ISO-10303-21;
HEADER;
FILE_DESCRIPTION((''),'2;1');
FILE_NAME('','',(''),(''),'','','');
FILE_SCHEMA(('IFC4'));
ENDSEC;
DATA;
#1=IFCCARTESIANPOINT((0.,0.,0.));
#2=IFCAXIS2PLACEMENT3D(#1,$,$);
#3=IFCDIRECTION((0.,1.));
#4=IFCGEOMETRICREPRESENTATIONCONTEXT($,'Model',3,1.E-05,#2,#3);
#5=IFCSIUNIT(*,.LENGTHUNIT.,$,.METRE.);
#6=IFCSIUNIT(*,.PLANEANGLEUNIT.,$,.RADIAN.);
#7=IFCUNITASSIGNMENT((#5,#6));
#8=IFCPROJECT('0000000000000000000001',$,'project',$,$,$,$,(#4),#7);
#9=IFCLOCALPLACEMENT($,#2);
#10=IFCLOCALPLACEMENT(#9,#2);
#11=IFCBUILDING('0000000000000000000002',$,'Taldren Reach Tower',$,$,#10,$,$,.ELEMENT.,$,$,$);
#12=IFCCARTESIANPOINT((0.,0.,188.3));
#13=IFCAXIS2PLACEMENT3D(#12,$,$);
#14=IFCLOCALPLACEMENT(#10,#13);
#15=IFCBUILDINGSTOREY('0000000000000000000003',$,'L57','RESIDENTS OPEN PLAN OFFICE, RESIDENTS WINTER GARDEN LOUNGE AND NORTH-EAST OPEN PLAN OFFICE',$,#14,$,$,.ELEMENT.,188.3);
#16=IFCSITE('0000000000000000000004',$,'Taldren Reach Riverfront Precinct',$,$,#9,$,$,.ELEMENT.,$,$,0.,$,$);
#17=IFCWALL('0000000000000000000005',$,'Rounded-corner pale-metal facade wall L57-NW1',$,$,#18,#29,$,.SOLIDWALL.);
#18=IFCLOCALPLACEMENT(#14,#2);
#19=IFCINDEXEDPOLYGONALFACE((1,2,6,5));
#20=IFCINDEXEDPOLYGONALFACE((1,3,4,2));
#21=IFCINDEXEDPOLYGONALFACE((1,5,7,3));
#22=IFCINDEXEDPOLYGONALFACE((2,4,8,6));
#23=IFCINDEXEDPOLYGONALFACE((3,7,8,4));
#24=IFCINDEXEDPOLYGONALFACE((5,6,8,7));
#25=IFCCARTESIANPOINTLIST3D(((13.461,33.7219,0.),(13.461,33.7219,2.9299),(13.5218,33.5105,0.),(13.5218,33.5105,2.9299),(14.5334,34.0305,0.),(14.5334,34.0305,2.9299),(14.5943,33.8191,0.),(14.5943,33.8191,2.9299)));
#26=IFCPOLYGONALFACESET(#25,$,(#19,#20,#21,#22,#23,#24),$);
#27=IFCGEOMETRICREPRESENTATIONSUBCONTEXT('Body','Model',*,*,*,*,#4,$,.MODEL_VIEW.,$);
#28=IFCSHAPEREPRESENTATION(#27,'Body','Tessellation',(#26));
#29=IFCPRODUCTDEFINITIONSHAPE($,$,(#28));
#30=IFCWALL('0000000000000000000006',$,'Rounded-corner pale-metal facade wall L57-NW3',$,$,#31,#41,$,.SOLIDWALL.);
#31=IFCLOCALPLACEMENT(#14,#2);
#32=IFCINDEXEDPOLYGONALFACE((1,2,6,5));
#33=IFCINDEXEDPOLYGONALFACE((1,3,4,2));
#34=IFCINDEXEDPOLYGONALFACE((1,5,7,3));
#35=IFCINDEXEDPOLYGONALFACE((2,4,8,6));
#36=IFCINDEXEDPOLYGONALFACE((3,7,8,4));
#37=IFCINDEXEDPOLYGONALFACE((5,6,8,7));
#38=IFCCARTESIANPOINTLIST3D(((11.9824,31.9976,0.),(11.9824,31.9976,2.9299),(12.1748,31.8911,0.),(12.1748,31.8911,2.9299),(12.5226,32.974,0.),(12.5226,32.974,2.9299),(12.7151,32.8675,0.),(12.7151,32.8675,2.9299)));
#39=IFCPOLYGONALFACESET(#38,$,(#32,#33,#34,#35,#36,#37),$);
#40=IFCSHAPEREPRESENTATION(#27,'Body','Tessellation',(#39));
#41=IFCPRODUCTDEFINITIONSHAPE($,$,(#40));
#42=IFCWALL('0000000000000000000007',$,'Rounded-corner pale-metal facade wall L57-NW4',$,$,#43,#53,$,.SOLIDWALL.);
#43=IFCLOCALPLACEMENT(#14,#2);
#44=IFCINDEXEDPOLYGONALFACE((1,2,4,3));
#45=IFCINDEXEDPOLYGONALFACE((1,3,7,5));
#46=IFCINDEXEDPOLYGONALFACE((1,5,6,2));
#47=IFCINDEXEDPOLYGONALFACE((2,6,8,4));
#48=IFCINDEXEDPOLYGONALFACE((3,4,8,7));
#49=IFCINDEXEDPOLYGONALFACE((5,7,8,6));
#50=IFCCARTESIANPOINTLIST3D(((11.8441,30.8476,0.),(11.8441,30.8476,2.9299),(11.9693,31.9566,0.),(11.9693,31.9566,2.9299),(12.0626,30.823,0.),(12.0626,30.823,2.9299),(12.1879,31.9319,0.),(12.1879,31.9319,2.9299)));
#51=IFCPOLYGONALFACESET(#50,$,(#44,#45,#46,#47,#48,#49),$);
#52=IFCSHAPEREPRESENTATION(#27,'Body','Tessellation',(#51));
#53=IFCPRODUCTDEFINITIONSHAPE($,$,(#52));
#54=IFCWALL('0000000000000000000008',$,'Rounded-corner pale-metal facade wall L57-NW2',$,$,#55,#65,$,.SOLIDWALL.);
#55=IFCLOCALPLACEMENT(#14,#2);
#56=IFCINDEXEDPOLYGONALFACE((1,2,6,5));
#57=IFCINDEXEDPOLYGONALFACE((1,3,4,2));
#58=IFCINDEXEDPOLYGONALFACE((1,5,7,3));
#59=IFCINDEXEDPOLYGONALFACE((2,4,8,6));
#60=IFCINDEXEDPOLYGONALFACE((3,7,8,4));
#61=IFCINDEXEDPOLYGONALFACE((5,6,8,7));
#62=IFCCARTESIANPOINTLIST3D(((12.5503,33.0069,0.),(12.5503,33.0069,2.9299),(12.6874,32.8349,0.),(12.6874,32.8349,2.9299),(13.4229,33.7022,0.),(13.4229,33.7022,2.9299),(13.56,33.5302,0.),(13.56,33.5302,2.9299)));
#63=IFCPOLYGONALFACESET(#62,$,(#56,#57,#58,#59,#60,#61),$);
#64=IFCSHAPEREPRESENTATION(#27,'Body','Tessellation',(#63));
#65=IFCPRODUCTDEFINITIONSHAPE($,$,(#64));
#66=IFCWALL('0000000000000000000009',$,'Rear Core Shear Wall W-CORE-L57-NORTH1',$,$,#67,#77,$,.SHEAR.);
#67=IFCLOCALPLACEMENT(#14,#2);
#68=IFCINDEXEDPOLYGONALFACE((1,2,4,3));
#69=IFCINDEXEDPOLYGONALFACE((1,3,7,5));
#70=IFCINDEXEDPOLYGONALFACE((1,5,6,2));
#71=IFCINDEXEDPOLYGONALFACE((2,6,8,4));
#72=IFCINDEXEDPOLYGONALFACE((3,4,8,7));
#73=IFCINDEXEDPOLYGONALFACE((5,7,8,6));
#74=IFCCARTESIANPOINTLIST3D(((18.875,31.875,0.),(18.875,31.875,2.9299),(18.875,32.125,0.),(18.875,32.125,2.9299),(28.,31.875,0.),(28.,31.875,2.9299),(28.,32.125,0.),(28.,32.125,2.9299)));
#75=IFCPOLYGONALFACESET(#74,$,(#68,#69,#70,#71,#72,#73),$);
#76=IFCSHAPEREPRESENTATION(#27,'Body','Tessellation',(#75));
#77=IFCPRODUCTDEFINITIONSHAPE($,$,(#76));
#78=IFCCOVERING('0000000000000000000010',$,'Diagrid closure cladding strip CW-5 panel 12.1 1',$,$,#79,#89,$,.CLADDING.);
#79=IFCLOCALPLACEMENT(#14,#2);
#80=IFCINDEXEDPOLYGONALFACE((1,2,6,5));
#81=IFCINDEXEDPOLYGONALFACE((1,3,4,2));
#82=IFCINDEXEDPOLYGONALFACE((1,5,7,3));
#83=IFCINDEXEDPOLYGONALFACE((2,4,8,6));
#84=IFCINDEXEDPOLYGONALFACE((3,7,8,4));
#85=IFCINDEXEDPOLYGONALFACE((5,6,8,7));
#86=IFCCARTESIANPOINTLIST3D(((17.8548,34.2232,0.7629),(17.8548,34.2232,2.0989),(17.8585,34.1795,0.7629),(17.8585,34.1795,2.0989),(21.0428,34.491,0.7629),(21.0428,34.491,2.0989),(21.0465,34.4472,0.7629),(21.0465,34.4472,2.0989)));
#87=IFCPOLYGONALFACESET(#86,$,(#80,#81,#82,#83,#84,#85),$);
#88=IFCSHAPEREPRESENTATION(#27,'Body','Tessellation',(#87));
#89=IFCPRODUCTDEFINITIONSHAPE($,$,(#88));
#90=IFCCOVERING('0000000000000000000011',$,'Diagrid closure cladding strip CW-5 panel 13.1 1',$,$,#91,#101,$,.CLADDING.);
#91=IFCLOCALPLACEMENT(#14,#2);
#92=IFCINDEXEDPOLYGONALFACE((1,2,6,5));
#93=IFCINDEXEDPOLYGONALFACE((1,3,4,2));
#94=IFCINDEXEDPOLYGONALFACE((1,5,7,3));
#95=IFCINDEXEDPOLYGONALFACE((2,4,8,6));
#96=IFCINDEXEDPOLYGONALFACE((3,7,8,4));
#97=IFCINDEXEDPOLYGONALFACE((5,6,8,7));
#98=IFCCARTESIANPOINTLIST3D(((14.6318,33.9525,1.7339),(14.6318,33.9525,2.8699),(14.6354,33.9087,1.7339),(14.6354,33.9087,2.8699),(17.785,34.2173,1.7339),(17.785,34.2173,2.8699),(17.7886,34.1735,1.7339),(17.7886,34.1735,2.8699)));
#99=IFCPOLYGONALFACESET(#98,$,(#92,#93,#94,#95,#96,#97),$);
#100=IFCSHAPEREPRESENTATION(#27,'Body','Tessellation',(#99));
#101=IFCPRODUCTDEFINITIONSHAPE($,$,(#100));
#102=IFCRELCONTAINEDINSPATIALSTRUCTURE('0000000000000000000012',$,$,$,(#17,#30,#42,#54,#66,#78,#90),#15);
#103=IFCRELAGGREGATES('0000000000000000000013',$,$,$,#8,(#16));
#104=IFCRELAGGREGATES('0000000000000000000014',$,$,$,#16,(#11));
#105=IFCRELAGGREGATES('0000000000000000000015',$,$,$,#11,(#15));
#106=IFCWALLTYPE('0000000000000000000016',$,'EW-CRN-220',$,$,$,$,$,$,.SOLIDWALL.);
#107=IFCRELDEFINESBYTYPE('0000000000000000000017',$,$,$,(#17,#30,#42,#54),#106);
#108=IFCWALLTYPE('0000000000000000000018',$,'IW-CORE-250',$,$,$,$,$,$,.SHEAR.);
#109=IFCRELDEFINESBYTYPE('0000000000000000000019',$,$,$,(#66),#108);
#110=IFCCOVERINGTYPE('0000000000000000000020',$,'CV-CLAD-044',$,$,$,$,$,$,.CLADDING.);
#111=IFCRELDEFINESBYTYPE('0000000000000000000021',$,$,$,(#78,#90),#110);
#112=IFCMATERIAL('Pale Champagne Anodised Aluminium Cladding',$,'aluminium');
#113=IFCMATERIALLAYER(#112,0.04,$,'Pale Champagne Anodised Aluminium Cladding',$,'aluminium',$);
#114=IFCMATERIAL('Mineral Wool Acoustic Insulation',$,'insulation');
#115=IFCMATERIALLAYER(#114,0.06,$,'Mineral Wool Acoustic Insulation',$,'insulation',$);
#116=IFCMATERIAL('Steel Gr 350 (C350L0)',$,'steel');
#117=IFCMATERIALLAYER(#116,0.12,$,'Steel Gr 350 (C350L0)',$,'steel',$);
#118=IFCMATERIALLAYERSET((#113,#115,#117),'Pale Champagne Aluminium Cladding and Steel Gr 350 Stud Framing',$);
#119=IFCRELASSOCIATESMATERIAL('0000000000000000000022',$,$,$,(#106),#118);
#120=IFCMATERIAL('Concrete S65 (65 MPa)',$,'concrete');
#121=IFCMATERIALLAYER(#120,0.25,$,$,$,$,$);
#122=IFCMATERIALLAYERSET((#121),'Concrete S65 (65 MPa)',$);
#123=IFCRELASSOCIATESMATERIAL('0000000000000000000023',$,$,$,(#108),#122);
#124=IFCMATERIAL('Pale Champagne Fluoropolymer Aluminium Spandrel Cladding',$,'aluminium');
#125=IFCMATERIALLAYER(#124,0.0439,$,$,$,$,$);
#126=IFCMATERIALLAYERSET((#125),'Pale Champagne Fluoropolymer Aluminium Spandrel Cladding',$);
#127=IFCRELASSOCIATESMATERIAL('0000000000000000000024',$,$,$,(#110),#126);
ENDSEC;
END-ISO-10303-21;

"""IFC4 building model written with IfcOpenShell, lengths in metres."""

from ifc_helpers import new_model, si_unit, direction, frame, frame_2d, origin, origin_2d, place, context, subcontext, project, spatial, rectangle, extrude, source, transform, mapped, material, layer, layer_set, type_object, element, save


model = new_model("IFC4")

# Units and contexts
model_context = context("Model", 3, precision=1e-05, world=origin(), true_north=direction((0.0, 1.0)))
body_context = subcontext(model_context, "Body", "Model", "MODEL_VIEW")
ifc_project = project(units=[si_unit("LENGTHUNIT", "METRE"), si_unit("PLANEANGLEUNIT", "RADIAN")], contexts=[model_context])

# Site, building, storey
site_placement = place(None, origin())
site = spatial("IfcSite", under=ifc_project, at=site_placement, Name="Taldren Reach Riverfront Precinct", CompositionType="ELEMENT", RefElevation=0.0)
building_placement = place(site_placement, origin())
building = spatial("IfcBuilding", under=site, at=building_placement, Name="Taldren Reach Tower", CompositionType="ELEMENT")
storey_placement = place(building_placement, frame((0.0, 0.0, 188.3)))
storey = spatial("IfcBuildingStorey", under=building, at=storey_placement, Name="L57", Description="RESIDENTS OPEN PLAN OFFICE, RESIDENTS WINTER GARDEN LOUNGE AND NORTH-EAST OPEN PLAN OFFICE", CompositionType="ELEMENT", Elevation=188.3)

# Shared definitions
ifc_material_1 = material(Name="Steel Gr 350 (C350L0)", Category="steel")

# Walls
ifc_material_2 = material(Name="Pale Champagne Anodised Aluminium Cladding", Category="aluminium")
ifc_layer_1 = layer(ifc_material_2, 0.04, Name="Pale Champagne Anodised Aluminium Cladding", Category="aluminium")
ifc_material_3 = material(Name="Mineral Wool Acoustic Insulation", Category="insulation")
ifc_layer_2 = layer(ifc_material_3, 0.06, Name="Mineral Wool Acoustic Insulation", Category="insulation")
ifc_layer_3 = layer(ifc_material_1, 0.12, Name="Steel Gr 350 (C350L0)", Category="steel")
ifc_layer_set_1 = layer_set([ifc_layer_1, ifc_layer_2, ifc_layer_3], Name="Pale Champagne Aluminium Cladding and Steel Gr 350 Stud Framing")
wall_type_1 = type_object("IfcWallType", Name="EW-CRN-220", PredefinedType="SOLIDWALL", material=ifc_layer_set_1)
shared_shape_1 = source(origin(), body_context, "Body", "SweptSolid", [
    extrude(rectangle(XDim=1.116, YDim=0.22, at=frame_2d((0.5581, 0.0))), origin(), (0.0, 0.0, 1.0), 2.9299),
])
for number, where, z_axis, x_axis, name in (
    (1, (14.564, 33.9248, 0.0), (0.0, 0.0, 1.0), (-0.96101, -0.276512, 0.0), "Rounded-corner pale-metal facade wall L57-NW1"),
    (2, (12.6189, 32.9209, 0.0), (0.0, 0.0, 1.0), (-0.484101, -0.875012, 0.0), "Rounded-corner pale-metal facade wall L57-NW3"),
    (3, (12.0786, 31.9443, 0.0), (0.0, 0.0, 1.0), (-0.112232, -0.993682, 0.0), "Rounded-corner pale-metal facade wall L57-NW4"),
):
    element("IfcWall", number, at=place(storey_placement, frame(where, z_axis=z_axis, x_axis=x_axis)), inside=storey, type_object=wall_type_1, Name=name, PredefinedType="SOLIDWALL", context=body_context, shape_type="MappedRepresentation", body=[
        mapped(shared_shape_1, transform((0.0, 0.0, 0.0), scale=1.0)),
    ])
shared_shape_2 = source(origin(), body_context, "Body", "SweptSolid", [
    extrude(rectangle(XDim=1.1157, YDim=0.22, at=frame_2d((0.5579, 0.0))), origin(), (0.0, 0.0, 1.0), 2.9299),
])
wall_1_placement = place(storey_placement, frame((13.4915, 33.6162, 0.0), z_axis=(0.0, 0.0, 1.0), x_axis=(-0.782063, -0.6232, 0.0)))
element("IfcWall", 4, at=wall_1_placement, inside=storey, type_object=wall_type_1, Name="Rounded-corner pale-metal facade wall L57-NW2", PredefinedType="SOLIDWALL", context=body_context, shape_type="MappedRepresentation", body=[
    mapped(shared_shape_2, transform((0.0, 0.0, 0.0), scale=1.0)),
])
ifc_material_4 = material(Name="Concrete S65 (65 MPa)", Category="concrete")
ifc_layer_4 = layer(ifc_material_4, 0.25)
ifc_layer_set_2 = layer_set([ifc_layer_4], Name="Concrete S65 (65 MPa)")
wall_type_2 = type_object("IfcWallType", Name="IW-CORE-250", PredefinedType="SHEAR", material=ifc_layer_set_2)
shared_shape_3 = source(origin(), body_context, "Body", "SweptSolid", [
    extrude(rectangle(XDim=9.125, YDim=0.25, at=frame_2d((4.5625, 0.0))), origin(), (0.0, 0.0, 1.0), 2.9299),
])
wall_2_placement = place(storey_placement, frame((18.875, 32.0, 0.0), z_axis=(0.0, 0.0, 1.0), x_axis=(1.0, 0.0, 0.0)))
element("IfcWall", 5, at=wall_2_placement, inside=storey, type_object=wall_type_2, Name="Rear Core Shear Wall W-CORE-L57-NORTH1", PredefinedType="SHEAR", context=body_context, shape_type="MappedRepresentation", body=[
    mapped(shared_shape_3, transform((0.0, 0.0, 0.0), scale=1.0)),
])

# Coverings
ifc_material_5 = material(Name="Pale Champagne Fluoropolymer Aluminium Spandrel Cladding", Category="aluminium")
ifc_layer_5 = layer(ifc_material_5, 0.0439)
ifc_layer_set_3 = layer_set([ifc_layer_5], Name="Pale Champagne Fluoropolymer Aluminium Spandrel Cladding")
covering_type = type_object("IfcCoveringType", Name="CV-CLAD-044", PredefinedType="CLADDING", material=ifc_layer_set_3)
shared_shape_4 = source(origin(), body_context, "Body", "SweptSolid", [
    extrude(rectangle(XDim=3.1992, YDim=0.0439, at=origin_2d()), origin(), (0.0, 0.0, 1.0), 1.3359),
])
covering_1_placement = place(storey_placement, frame((19.4507, 34.3352, 0.7629), z_axis=(0.0, 0.0, 1.0), x_axis=(-0.996493, -0.083678, 0.0)))
element("IfcCovering", 6, at=covering_1_placement, inside=storey, type_object=covering_type, Name="Diagrid closure cladding strip CW-5 panel 12.1 1", PredefinedType="CLADDING", context=body_context, shape_type="MappedRepresentation", body=[
    mapped(shared_shape_4, transform((0.0, 0.0, 0.0), scale=1.0)),
])
shared_shape_5 = source(origin(), body_context, "Body", "SweptSolid", [
    extrude(rectangle(XDim=3.1643, YDim=0.0439, at=origin_2d()), origin(), (0.0, 0.0, 1.0), 1.136),
])
covering_2_placement = place(storey_placement, frame((16.2102, 34.063, 1.7339), z_axis=(0.0, 0.0, 1.0), x_axis=(-0.996493, -0.083678, 0.0)))
element("IfcCovering", 7, at=covering_2_placement, inside=storey, type_object=covering_type, Name="Diagrid closure cladding strip CW-5 panel 13.1 1", PredefinedType="CLADDING", context=body_context, shape_type="MappedRepresentation", body=[
    mapped(shared_shape_5, transform((0.0, 0.0, 0.0), scale=1.0)),
])

save(model, "model.ifc")
